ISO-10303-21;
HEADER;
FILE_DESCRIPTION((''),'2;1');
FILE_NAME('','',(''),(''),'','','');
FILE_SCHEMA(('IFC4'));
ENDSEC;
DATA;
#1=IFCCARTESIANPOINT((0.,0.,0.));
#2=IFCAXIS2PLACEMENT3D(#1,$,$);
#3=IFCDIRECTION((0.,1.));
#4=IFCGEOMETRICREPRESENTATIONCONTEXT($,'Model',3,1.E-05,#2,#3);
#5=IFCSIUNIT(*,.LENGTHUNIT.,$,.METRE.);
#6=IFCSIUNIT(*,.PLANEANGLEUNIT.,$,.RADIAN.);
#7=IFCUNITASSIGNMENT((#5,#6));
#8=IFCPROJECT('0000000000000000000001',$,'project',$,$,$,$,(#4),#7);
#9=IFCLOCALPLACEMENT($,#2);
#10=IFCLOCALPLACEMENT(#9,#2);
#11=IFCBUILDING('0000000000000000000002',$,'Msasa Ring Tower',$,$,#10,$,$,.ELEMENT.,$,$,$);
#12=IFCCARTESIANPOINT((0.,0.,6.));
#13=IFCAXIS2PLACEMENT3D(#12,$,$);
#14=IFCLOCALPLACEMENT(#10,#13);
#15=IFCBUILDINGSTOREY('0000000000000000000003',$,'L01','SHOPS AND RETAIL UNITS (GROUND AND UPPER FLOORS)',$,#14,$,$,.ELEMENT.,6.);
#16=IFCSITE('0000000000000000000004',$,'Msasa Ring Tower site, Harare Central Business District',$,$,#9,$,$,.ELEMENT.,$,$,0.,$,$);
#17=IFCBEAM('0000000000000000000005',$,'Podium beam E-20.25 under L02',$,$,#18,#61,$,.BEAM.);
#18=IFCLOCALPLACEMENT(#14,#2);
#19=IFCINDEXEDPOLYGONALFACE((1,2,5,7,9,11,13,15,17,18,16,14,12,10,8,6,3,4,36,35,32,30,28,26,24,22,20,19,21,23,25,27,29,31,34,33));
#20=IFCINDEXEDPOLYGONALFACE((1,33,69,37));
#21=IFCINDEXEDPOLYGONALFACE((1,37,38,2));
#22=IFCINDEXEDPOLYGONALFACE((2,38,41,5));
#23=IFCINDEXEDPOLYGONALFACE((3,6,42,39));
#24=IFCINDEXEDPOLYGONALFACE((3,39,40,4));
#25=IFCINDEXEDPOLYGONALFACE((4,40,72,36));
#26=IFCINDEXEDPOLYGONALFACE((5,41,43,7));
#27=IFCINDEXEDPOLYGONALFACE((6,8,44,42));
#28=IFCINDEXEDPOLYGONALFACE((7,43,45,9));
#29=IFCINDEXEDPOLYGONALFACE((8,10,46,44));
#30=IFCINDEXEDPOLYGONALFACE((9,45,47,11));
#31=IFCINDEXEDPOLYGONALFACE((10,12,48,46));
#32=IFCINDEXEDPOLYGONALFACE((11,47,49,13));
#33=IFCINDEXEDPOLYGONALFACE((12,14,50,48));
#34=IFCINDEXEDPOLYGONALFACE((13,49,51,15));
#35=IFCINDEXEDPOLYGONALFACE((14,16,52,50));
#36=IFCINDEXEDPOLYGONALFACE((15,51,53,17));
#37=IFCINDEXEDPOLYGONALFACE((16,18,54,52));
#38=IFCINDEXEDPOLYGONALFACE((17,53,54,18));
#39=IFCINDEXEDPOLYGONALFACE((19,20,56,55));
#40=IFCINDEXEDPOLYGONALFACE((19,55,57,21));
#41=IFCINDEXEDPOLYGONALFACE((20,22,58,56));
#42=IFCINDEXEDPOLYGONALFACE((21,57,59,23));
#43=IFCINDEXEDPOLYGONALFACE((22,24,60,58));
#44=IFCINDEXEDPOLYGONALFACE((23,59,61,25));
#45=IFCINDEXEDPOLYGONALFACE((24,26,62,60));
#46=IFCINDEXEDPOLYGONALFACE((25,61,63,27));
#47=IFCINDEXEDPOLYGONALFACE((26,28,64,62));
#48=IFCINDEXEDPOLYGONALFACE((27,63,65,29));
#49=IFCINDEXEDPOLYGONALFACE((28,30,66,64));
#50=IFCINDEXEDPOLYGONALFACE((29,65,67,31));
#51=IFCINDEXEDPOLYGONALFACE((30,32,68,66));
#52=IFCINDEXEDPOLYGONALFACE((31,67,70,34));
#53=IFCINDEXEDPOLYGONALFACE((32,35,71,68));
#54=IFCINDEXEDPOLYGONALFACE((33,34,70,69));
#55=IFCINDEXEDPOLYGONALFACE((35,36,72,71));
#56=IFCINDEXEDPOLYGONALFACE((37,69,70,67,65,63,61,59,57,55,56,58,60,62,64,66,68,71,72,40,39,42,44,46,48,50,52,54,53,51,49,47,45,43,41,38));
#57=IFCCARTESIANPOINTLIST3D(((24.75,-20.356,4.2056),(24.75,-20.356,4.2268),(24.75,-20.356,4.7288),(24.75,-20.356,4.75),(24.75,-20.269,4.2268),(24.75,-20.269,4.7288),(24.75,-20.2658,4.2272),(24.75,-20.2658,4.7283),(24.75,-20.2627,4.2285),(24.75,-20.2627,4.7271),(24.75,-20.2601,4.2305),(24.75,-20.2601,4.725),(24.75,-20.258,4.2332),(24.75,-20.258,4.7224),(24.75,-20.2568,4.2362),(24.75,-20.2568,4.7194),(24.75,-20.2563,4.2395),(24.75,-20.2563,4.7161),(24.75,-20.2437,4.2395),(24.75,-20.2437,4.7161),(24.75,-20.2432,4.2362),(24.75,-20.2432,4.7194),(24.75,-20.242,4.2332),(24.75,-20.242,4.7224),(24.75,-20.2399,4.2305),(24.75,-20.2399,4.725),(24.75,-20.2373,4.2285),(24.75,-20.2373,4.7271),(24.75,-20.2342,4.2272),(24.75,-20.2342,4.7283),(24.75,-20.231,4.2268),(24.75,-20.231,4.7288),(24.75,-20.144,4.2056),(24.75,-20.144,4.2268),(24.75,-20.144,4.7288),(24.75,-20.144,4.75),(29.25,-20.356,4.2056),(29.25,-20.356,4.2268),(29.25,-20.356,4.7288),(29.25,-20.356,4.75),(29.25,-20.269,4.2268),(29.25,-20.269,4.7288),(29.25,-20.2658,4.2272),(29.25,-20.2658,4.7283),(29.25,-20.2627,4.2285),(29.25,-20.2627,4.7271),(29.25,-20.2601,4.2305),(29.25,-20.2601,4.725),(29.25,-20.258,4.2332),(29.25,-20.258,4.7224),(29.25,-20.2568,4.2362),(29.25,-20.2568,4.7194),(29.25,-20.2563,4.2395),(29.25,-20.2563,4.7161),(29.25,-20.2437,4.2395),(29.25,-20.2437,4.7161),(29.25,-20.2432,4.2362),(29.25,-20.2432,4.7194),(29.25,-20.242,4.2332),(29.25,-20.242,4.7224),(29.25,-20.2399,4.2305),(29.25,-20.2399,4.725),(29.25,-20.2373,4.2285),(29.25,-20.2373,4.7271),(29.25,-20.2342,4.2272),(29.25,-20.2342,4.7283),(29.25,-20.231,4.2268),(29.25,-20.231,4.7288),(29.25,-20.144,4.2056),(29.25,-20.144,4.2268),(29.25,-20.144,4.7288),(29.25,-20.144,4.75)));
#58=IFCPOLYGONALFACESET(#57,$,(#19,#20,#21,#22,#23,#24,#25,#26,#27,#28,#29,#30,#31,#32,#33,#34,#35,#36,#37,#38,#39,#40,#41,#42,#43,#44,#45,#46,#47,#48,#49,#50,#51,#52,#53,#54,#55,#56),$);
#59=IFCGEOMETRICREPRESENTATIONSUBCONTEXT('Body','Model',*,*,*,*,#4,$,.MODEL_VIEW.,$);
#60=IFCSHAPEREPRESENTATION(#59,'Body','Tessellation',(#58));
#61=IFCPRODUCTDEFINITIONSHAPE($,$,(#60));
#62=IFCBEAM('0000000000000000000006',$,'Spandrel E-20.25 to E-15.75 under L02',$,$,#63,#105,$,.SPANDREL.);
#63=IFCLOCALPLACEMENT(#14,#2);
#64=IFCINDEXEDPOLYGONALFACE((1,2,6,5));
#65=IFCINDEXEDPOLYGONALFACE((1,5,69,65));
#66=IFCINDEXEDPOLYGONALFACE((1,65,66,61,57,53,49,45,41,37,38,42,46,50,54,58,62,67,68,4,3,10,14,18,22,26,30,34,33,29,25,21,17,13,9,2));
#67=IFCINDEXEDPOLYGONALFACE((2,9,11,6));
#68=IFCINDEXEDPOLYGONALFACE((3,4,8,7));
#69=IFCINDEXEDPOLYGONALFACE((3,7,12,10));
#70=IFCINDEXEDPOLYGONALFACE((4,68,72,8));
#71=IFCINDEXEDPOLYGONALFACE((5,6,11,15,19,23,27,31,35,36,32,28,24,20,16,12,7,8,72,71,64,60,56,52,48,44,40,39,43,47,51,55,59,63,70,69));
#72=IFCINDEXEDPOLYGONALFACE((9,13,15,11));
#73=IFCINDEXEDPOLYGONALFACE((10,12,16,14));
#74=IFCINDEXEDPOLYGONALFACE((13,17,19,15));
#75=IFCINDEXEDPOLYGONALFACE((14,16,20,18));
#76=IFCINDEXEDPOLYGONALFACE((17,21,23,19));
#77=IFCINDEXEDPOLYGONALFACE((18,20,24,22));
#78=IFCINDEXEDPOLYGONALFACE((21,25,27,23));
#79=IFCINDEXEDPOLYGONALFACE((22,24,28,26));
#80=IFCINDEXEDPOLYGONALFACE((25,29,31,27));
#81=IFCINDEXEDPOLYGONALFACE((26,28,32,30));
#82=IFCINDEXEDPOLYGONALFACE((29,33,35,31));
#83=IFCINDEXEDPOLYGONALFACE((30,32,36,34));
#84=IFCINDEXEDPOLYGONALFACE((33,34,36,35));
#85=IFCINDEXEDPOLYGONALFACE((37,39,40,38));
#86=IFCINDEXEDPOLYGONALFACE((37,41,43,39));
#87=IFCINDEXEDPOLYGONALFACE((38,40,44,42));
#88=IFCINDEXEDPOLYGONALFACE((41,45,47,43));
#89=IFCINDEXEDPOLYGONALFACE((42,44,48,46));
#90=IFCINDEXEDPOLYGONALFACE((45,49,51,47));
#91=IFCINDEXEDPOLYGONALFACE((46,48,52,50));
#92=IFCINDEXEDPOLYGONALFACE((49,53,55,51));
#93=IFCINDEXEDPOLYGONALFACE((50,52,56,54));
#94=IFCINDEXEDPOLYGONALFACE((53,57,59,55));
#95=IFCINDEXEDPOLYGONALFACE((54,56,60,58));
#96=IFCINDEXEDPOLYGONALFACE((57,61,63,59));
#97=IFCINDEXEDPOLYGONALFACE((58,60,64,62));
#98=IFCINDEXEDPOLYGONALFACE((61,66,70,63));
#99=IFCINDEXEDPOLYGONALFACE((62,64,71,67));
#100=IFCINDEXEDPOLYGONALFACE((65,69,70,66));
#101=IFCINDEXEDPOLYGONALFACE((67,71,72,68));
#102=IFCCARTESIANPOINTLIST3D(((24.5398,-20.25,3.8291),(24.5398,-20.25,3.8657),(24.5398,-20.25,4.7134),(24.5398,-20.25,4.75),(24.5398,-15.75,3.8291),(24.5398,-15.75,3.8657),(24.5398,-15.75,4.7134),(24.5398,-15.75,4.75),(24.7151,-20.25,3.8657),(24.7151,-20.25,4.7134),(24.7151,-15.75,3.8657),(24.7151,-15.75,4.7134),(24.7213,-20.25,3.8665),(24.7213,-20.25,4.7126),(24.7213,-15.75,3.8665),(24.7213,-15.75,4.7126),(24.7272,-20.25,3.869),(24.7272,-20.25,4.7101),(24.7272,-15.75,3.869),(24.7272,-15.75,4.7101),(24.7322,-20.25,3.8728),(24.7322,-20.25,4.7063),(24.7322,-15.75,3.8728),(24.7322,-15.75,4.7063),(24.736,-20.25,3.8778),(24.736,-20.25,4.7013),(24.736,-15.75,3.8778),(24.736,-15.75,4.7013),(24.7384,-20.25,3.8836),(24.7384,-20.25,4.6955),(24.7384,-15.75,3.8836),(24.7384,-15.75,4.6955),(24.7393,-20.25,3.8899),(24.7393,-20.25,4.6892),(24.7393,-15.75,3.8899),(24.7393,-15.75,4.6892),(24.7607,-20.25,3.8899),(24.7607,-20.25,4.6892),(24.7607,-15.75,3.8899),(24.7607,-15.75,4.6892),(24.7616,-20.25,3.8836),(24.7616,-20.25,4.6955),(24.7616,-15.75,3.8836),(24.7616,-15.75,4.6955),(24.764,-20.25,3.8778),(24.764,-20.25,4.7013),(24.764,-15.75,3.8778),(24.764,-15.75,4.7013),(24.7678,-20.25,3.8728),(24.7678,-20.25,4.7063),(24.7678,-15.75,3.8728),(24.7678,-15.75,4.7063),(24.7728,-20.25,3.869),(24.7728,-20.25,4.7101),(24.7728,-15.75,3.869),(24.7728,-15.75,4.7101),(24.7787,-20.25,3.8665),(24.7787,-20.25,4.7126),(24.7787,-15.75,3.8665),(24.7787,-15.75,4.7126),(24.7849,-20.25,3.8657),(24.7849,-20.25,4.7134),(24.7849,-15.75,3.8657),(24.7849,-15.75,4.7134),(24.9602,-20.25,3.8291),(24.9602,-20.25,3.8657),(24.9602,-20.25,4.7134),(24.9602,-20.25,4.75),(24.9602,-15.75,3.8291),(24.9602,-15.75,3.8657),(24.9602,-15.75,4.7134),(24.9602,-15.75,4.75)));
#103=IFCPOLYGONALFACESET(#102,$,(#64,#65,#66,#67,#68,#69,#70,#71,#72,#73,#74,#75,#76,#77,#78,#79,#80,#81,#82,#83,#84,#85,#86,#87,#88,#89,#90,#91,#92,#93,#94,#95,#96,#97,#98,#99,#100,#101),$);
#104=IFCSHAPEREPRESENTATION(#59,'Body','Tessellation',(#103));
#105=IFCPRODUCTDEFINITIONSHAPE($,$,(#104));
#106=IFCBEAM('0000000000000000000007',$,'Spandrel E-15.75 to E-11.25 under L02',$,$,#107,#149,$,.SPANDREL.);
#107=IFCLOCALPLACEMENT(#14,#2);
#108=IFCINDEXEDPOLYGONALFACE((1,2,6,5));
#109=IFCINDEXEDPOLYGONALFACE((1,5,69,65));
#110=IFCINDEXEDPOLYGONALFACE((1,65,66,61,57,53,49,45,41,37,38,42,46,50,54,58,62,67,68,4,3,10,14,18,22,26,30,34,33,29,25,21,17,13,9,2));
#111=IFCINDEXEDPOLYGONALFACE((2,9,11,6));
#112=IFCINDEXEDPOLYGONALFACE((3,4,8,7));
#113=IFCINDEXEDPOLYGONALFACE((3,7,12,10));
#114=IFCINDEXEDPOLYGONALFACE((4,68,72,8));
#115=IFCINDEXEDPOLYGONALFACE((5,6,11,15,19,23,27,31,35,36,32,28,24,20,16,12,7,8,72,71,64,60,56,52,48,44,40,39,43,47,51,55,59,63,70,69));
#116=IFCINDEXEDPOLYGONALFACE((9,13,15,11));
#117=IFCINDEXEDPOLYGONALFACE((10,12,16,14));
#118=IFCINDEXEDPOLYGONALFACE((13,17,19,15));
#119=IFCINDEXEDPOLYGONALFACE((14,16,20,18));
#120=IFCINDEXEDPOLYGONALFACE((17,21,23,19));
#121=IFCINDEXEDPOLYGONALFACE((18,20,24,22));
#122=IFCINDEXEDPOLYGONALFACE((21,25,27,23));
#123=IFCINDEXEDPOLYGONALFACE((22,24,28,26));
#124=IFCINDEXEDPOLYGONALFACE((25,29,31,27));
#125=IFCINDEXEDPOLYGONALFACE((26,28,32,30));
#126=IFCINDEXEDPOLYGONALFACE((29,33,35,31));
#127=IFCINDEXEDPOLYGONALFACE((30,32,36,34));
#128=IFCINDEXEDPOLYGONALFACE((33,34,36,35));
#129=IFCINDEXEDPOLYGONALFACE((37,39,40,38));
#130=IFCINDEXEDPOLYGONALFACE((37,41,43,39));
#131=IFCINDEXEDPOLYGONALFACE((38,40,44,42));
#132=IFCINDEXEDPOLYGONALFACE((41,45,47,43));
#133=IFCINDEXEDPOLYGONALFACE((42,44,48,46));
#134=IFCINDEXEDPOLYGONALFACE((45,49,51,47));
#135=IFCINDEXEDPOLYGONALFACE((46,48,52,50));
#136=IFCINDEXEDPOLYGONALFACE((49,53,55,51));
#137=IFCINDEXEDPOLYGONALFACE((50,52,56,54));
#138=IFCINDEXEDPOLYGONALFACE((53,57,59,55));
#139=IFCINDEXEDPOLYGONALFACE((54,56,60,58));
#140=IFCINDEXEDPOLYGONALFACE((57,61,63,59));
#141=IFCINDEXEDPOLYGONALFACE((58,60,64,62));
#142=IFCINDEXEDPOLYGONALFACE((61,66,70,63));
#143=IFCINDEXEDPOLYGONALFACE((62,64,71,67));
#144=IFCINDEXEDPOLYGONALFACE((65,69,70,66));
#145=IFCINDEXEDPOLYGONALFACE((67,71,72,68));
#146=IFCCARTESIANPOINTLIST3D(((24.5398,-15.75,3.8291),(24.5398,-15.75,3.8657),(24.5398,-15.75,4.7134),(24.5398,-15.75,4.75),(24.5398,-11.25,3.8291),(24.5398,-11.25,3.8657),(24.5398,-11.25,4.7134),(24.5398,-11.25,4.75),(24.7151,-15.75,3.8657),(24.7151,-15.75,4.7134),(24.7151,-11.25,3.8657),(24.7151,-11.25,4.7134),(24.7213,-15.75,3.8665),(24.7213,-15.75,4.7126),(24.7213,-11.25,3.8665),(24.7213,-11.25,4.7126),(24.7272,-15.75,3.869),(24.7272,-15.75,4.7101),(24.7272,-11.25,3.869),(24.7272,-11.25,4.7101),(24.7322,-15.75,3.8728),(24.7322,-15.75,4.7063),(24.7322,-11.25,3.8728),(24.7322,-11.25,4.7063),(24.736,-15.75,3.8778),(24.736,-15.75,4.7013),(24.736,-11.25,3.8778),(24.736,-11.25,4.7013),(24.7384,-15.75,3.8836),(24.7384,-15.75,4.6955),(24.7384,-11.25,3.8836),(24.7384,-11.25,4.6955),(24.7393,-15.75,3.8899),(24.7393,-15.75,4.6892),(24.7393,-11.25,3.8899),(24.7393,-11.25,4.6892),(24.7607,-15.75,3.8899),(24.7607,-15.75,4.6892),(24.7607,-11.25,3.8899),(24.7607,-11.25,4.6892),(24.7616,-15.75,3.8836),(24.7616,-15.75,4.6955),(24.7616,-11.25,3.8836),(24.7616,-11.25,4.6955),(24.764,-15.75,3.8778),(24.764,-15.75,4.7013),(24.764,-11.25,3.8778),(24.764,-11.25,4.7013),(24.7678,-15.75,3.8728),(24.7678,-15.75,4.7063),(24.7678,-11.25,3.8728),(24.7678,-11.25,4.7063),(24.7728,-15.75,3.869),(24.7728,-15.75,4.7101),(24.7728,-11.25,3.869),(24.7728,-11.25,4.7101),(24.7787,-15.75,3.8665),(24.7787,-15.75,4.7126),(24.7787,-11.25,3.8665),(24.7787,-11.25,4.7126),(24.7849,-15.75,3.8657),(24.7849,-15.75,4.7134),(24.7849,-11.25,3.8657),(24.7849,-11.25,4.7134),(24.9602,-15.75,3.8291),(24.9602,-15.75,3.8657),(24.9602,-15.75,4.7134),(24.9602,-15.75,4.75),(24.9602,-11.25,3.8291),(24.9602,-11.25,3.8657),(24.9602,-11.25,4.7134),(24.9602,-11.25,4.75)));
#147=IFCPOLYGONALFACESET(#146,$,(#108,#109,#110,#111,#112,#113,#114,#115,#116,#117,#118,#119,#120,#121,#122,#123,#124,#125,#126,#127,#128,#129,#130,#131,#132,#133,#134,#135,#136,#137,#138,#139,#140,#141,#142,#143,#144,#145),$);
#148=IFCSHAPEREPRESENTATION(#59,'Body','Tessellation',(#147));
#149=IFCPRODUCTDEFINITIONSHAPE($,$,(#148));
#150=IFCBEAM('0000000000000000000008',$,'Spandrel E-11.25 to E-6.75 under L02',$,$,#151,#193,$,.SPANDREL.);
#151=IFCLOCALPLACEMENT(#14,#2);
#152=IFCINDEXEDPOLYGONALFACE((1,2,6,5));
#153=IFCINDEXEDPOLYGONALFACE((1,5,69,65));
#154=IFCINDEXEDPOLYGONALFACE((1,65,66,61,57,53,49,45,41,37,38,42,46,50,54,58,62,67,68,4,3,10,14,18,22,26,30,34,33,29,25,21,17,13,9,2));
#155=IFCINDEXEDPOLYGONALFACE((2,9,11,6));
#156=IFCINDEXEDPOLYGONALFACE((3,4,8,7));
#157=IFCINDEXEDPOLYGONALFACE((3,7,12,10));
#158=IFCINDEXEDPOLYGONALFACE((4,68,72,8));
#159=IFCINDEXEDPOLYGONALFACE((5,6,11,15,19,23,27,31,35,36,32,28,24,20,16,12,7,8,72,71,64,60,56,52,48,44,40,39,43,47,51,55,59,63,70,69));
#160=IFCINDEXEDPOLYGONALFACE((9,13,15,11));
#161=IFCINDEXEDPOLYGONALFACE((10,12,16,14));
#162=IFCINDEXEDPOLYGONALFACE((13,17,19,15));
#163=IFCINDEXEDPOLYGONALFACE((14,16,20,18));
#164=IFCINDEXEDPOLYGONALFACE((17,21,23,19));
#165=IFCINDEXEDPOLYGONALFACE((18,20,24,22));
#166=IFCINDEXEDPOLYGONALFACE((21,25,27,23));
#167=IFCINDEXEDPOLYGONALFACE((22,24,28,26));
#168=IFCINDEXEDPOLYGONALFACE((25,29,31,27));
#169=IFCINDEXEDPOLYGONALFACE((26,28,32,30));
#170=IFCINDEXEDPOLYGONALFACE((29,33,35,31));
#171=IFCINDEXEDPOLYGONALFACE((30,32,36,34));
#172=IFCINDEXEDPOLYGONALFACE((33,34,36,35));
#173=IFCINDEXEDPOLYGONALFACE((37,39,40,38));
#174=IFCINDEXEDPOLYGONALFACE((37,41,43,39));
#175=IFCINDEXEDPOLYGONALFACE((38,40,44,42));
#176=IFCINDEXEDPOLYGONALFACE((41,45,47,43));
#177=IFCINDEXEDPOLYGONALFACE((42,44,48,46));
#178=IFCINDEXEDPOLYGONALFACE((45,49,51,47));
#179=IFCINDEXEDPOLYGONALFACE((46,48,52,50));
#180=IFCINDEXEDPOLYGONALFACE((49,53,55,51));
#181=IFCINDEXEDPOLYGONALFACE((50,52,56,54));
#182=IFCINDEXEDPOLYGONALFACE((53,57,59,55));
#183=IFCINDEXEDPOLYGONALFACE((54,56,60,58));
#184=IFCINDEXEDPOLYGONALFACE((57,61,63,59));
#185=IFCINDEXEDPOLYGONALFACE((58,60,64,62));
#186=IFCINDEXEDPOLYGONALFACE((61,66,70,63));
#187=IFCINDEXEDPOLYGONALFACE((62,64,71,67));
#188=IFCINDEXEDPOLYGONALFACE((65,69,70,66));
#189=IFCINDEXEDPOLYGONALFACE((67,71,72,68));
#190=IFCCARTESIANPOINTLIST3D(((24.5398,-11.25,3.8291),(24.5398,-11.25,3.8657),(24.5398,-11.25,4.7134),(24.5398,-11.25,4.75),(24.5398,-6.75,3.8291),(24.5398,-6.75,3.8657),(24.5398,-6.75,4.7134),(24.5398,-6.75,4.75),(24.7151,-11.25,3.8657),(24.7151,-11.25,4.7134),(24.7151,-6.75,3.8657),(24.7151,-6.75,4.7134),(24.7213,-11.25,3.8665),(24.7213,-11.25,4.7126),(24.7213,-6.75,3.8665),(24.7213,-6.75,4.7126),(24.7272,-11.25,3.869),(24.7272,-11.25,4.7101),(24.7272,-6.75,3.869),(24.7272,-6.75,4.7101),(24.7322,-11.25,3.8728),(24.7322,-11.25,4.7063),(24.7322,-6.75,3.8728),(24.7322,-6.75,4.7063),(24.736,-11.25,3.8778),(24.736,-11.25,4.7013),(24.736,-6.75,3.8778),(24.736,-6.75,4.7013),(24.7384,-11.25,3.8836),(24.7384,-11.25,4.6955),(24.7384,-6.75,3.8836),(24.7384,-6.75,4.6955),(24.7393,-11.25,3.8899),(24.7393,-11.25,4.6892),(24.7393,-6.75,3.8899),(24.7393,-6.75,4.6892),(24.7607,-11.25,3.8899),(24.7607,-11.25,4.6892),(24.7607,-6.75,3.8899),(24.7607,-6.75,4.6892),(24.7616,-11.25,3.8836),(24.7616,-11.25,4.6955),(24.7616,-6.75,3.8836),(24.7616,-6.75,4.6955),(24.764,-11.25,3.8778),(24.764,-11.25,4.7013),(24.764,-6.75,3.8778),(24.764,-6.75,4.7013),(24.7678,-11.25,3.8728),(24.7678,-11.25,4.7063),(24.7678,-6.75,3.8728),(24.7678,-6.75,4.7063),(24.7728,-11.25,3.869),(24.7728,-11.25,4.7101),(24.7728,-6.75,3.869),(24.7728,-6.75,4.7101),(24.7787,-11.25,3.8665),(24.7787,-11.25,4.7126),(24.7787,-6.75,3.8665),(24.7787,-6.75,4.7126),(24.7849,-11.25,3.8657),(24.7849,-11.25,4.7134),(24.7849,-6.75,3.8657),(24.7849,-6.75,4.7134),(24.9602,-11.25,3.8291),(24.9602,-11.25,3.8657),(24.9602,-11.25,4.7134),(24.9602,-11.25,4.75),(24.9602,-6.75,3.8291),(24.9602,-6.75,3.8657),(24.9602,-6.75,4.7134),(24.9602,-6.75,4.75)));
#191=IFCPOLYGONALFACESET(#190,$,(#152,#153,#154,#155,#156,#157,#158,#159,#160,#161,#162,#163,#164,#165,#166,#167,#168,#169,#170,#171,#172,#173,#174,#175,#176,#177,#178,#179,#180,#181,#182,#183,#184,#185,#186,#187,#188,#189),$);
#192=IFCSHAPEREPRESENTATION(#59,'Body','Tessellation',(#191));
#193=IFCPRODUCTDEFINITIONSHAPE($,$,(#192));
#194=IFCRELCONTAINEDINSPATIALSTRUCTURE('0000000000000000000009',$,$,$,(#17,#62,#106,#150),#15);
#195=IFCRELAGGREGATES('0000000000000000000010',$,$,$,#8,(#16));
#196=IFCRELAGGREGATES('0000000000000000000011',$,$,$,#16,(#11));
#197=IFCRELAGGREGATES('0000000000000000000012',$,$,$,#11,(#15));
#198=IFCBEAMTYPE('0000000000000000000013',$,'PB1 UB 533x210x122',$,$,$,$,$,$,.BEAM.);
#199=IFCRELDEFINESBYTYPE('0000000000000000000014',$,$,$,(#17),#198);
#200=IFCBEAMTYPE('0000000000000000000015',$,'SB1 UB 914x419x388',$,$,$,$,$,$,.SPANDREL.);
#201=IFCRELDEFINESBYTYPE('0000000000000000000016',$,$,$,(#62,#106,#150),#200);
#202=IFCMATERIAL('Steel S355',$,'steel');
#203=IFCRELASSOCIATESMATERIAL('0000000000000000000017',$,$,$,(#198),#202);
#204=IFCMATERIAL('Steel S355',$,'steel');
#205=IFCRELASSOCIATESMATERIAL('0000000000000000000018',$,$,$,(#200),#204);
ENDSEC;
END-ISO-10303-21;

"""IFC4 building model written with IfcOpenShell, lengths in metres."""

from ifc_helpers import new_model, si_unit, direction, frame, origin, origin_2d, place, context, subcontext, project, spatial, i_section, extrude, material, material_profile, profile_set, type_object, element, save


model = new_model("IFC4")

# Units and contexts
model_context = context("Model", 3, precision=1e-05, world=origin(), true_north=direction((0.0, 1.0)))
body_context = subcontext(model_context, "Body", "Model", "MODEL_VIEW")
ifc_project = project(units=[si_unit("LENGTHUNIT", "METRE"), si_unit("PLANEANGLEUNIT", "RADIAN")], contexts=[model_context])

# Site, building, storey
site_placement = place(None, origin())
site = spatial("IfcSite", under=ifc_project, at=site_placement, Name="Msasa Ring Tower site, Harare Central Business District", CompositionType="ELEMENT", RefElevation=0.0)
building_placement = place(site_placement, origin())
building = spatial("IfcBuilding", under=site, at=building_placement, Name="Msasa Ring Tower", CompositionType="ELEMENT")
storey_placement = place(building_placement, frame((0.0, 0.0, 6.0)))
storey = spatial("IfcBuildingStorey", under=building, at=storey_placement, Name="L01", Description="SHOPS AND RETAIL UNITS (GROUND AND UPPER FLOORS)", CompositionType="ELEMENT", Elevation=6.0)

# Beams
ifc_material_1 = material(Name="Steel S355", Category="steel")
ifc_material_profile_1 = material_profile(ifc_material_1, i_section(OverallWidth=0.2119, OverallDepth=0.5444, WebThickness=0.0127, FlangeThickness=0.0212, FilletRadius=0.0127, at=origin_2d()), Name="UB 533x210x122")
ifc_profile_set_1 = profile_set([ifc_material_profile_1], Name="Steel S355")
beam_type_1 = type_object("IfcBeamType", Name="PB1 UB 533x210x122", PredefinedType="BEAM", material=ifc_profile_set_1)
beam_placement = place(storey_placement, frame((29.25, -20.25, 4.4778), z_axis=(-1.0, 0.0, 0.0), x_axis=(0.0, -1.0, 0.0)))
element("IfcBeam", 1, at=beam_placement, inside=storey, type_object=beam_type_1, Name="Podium beam E-20.25 under L02", PredefinedType="BEAM", context=body_context, shape_type="SweptSolid", body=[
    extrude(i_section(OverallWidth=0.2119, OverallDepth=0.5444, WebThickness=0.0127, FlangeThickness=0.0212, FilletRadius=0.0127, at=origin_2d()), origin(), (0.0, 0.0, 1.0), 4.5),
])
ifc_material_2 = material(Name="Steel S355", Category="steel")
ifc_material_profile_2 = material_profile(ifc_material_2, i_section(OverallWidth=0.4204, OverallDepth=0.9209, WebThickness=0.0215, FlangeThickness=0.0366, FilletRadius=0.0242, at=origin_2d()), Name="UB 914x419x388")
ifc_profile_set_2 = profile_set([ifc_material_profile_2], Name="Steel S355")
beam_type_2 = type_object("IfcBeamType", Name="SB1 UB 914x419x388", PredefinedType="SPANDREL", material=ifc_profile_set_2)
for number, where, z_axis, x_axis, name in (
    (2, (24.75, -20.25, 4.2896), (0.0, 1.0, 0.0), (-1.0, 0.0, 0.0), "Spandrel E-20.25 to E-15.75 under L02"),
    (3, (24.75, -15.75, 4.2896), (0.0, 1.0, 0.0), (-1.0, 0.0, 0.0), "Spandrel E-15.75 to E-11.25 under L02"),
    (4, (24.75, -11.25, 4.2896), (0.0, 1.0, 0.0), (-1.0, 0.0, 0.0), "Spandrel E-11.25 to E-6.75 under L02"),
):
    element("IfcBeam", number, at=place(storey_placement, frame(where, z_axis=z_axis, x_axis=x_axis)), inside=storey, type_object=beam_type_2, Name=name, PredefinedType="SPANDREL", context=body_context, shape_type="SweptSolid", body=[
        extrude(i_section(OverallWidth=0.4204, OverallDepth=0.9209, WebThickness=0.0215, FlangeThickness=0.0366, FilletRadius=0.0242, at=origin_2d()), origin(), (0.0, 0.0, 1.0), 4.5),
    ])

save(model, "model.ifc")
